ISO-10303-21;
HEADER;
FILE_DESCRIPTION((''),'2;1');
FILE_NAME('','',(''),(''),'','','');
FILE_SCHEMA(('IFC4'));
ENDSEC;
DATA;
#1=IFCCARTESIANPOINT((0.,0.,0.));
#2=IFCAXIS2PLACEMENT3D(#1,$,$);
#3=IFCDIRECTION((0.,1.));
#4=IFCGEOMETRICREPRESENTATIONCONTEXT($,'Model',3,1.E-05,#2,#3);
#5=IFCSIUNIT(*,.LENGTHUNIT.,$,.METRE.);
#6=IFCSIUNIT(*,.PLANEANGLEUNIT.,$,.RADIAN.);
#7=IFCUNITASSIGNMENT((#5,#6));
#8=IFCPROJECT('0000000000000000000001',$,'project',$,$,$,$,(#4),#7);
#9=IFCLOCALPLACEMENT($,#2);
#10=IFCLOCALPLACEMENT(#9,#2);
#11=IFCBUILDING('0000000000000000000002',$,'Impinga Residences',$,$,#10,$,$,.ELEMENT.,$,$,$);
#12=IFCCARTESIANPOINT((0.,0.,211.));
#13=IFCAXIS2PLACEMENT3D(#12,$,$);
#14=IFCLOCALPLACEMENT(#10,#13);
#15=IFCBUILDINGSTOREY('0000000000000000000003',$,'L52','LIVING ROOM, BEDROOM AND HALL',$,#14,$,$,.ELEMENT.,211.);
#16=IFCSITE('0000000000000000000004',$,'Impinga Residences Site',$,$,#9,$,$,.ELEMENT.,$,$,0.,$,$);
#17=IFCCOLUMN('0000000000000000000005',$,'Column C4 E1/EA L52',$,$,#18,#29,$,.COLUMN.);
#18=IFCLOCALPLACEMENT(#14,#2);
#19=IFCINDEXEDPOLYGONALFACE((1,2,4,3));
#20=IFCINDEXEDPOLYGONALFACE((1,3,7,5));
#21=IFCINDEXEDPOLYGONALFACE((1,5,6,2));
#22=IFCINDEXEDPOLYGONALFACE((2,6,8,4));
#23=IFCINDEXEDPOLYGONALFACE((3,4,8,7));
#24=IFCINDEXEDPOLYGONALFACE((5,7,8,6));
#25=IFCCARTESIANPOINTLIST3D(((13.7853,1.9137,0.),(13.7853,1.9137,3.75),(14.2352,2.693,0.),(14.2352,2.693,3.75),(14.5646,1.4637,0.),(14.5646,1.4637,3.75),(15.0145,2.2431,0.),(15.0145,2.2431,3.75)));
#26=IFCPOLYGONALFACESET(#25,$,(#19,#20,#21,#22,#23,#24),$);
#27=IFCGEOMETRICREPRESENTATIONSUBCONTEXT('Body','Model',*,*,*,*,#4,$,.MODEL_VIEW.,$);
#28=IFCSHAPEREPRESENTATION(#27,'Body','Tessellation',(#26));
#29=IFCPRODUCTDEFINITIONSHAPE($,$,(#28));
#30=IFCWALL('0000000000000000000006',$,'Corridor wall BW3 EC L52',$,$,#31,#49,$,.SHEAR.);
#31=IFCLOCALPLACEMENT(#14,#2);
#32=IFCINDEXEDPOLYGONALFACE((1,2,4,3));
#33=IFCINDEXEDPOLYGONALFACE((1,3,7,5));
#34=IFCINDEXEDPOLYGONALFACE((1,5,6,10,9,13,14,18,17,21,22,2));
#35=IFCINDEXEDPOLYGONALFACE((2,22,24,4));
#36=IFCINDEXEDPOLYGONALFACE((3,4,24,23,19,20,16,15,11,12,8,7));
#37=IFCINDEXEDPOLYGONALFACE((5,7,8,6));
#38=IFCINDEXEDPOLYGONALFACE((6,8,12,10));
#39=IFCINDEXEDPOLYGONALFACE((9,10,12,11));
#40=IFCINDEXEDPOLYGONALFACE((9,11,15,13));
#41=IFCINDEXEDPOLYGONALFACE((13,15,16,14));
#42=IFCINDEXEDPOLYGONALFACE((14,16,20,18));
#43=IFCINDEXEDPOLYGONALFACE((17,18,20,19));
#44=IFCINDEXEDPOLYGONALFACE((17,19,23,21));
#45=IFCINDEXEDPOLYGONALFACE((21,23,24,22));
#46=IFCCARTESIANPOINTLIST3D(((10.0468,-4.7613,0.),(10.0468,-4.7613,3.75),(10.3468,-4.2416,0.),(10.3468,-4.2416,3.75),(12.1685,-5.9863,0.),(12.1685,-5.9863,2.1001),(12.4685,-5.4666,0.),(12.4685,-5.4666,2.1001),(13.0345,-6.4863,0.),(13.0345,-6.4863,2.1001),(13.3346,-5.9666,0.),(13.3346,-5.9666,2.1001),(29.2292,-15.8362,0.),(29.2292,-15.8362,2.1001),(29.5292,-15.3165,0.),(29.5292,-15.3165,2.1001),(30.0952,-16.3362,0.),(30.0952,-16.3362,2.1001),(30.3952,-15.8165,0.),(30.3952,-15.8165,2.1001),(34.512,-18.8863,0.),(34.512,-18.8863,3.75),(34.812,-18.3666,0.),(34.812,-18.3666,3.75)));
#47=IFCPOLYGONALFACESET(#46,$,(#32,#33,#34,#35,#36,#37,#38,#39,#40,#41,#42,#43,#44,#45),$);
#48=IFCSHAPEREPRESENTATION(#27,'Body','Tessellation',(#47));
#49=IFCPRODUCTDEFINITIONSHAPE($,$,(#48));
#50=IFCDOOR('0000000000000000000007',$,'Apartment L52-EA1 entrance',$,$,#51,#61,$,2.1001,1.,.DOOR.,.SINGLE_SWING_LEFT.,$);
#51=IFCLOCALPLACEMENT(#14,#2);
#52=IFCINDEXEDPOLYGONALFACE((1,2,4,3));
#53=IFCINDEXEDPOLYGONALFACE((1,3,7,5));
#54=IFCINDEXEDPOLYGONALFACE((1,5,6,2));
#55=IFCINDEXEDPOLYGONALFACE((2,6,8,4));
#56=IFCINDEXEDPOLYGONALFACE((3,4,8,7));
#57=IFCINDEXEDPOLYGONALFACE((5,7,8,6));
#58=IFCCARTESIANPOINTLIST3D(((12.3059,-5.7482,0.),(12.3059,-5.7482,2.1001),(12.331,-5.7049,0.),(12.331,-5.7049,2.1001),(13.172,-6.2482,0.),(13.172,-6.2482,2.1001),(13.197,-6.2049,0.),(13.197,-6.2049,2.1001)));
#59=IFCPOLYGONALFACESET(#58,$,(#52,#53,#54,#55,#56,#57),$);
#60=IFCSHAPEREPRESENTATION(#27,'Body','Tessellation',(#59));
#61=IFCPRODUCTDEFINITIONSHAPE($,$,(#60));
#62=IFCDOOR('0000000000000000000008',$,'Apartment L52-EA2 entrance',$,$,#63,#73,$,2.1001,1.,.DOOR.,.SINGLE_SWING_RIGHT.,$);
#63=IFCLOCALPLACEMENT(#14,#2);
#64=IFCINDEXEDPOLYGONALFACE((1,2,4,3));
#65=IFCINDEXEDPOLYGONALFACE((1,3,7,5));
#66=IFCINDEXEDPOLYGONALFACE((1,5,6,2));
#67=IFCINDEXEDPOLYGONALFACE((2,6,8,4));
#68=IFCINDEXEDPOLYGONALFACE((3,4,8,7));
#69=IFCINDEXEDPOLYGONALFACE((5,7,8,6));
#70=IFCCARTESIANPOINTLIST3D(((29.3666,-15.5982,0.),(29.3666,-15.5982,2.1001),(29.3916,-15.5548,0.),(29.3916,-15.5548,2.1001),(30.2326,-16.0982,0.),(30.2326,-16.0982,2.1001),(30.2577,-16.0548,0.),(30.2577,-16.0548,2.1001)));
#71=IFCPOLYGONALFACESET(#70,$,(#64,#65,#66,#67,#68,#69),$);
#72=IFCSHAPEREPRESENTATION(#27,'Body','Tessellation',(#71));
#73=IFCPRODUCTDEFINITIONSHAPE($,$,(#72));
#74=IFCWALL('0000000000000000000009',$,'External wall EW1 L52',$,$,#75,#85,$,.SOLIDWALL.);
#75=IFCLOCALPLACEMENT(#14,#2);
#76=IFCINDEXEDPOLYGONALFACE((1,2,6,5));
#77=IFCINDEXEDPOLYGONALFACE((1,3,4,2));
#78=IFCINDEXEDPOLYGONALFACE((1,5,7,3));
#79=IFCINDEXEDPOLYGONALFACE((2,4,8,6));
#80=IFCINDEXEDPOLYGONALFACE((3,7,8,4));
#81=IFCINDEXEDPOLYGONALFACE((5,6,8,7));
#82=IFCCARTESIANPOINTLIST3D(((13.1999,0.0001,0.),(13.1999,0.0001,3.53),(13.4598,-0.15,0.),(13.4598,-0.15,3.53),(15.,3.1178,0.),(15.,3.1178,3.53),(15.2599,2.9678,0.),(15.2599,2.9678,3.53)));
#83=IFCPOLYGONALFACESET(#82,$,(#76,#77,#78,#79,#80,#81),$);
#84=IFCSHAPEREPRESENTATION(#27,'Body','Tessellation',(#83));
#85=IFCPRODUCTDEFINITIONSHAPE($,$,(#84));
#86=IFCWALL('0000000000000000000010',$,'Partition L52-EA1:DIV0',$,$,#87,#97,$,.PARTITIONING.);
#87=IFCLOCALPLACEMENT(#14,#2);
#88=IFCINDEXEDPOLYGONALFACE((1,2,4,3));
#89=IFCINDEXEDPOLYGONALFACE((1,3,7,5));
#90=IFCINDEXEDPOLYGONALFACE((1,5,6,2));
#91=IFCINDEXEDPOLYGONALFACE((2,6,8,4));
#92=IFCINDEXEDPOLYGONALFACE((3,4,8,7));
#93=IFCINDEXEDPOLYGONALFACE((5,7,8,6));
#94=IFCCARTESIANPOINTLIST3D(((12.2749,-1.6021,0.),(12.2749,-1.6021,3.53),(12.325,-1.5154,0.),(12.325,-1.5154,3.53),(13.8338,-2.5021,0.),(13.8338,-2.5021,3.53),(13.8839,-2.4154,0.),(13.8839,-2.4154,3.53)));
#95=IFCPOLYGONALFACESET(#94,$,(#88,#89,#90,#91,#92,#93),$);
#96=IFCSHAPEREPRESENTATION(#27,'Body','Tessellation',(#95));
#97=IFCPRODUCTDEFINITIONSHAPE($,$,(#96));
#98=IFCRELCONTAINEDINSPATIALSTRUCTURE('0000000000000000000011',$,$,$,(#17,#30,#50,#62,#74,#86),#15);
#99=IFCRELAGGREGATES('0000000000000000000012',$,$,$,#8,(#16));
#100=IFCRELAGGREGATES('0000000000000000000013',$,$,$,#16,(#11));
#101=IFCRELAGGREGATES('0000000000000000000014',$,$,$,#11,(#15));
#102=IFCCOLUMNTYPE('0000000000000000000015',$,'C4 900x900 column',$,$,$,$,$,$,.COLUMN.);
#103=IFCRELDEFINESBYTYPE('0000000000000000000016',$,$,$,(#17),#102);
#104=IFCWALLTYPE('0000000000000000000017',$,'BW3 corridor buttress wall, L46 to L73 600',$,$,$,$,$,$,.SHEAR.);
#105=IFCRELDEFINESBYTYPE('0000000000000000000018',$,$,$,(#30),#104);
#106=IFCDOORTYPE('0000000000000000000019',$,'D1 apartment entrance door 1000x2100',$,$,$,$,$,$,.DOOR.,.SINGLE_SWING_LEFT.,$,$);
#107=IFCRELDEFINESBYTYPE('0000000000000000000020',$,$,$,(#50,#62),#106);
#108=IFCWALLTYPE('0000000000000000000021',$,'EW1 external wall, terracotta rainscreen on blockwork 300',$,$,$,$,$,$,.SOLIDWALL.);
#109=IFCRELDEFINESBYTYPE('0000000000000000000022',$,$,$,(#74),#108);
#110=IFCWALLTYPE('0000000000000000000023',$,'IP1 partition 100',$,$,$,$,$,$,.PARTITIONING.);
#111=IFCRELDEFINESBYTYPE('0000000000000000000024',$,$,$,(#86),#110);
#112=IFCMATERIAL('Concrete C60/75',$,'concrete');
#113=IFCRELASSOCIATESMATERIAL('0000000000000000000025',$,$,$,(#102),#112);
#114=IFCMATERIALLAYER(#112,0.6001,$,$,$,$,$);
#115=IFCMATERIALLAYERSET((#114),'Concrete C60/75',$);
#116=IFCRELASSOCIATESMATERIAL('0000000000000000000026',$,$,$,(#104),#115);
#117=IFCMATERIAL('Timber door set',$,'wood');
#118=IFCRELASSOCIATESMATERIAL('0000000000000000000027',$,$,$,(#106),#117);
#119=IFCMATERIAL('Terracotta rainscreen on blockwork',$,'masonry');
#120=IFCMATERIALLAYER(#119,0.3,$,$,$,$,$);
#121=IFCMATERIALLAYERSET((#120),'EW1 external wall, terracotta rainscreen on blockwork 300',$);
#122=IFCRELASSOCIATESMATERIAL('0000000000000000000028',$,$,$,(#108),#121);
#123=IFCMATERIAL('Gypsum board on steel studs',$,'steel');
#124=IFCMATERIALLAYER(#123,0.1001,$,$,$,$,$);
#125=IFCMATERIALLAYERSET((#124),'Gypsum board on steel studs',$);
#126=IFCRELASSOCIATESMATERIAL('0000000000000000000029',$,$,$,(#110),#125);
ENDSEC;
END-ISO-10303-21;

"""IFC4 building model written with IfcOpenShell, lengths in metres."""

from ifc_helpers import new_model, si_unit, direction, frame, frame_2d, origin, origin_2d, place, context, subcontext, project, spatial, rectangle, extrude, material, layer, layer_set, material_profile, profile_set, type_object, element, fill, save


model = new_model("IFC4")

# Units and contexts
model_context = context("Model", 3, precision=1e-05, world=origin(), true_north=direction((0.0, 1.0)))
body_context = subcontext(model_context, "Body", "Model", "MODEL_VIEW")
ifc_project = project(units=[si_unit("LENGTHUNIT", "METRE"), si_unit("PLANEANGLEUNIT", "RADIAN")], contexts=[model_context])

# Site, building, storey
site_placement = place(None, origin())
site = spatial("IfcSite", under=ifc_project, at=site_placement, Name="Impinga Residences Site", CompositionType="ELEMENT", RefElevation=0.0)
building_placement = place(site_placement, origin())
building = spatial("IfcBuilding", under=site, at=building_placement, Name="Impinga Residences", CompositionType="ELEMENT")
storey_placement = place(building_placement, frame((0.0, 0.0, 211.0)))
storey = spatial("IfcBuildingStorey", under=building, at=storey_placement, Name="L52", Description="LIVING ROOM, BEDROOM AND HALL", CompositionType="ELEMENT", Elevation=211.0)

# Column
ifc_material_1 = material(Name="Concrete C60/75", Category="concrete")
ifc_material_profile = material_profile(ifc_material_1, rectangle(XDim=0.8999, YDim=0.8999, at=origin_2d()), Name="RC 900x900")
ifc_profile_set = profile_set([ifc_material_profile], Name="Concrete C60/75")
column_type = type_object("IfcColumnType", Name="C4 900x900 column", PredefinedType="COLUMN", material=ifc_profile_set)
column_placement = place(storey_placement, frame((14.3999, 2.0784, 0.0), z_axis=(0.0, 0.0, 1.0), x_axis=(-0.5, -0.866025, 0.0)))
element("IfcColumn", 1, at=column_placement, inside=storey, type_object=column_type, Name="Column C4 E1/EA L52", PredefinedType="COLUMN", context=body_context, shape_type="SweptSolid", body=[
    extrude(rectangle(XDim=0.8999, YDim=0.8999, at=origin_2d()), origin(), (0.0, 0.0, 1.0), 3.75),
])

# Wall, openings, doors
ifc_layer_1 = layer(ifc_material_1, 0.6001)
ifc_layer_set_1 = layer_set([ifc_layer_1], Name="Concrete C60/75")
wall_type_1 = type_object("IfcWallType", Name="BW3 corridor buttress wall, L46 to L73 600", PredefinedType="SHEAR", material=ifc_layer_set_1)
wall_1_placement = place(storey_placement, frame((10.1968, -4.5015, 0.0), z_axis=(0.0, 0.0, 1.0), x_axis=(0.866026, -0.499998, 0.0)))
wall_1 = element("IfcWall", 2, at=wall_1_placement, inside=storey, type_object=wall_type_1, Name="Corridor wall BW3 EC L52", PredefinedType="SHEAR", context=body_context, shape_type="SweptSolid", body=[
    extrude(rectangle(XDim=28.25, YDim=0.6001, at=frame_2d((14.125, 0.0))), origin(), (0.0, 0.0, 1.0), 3.75),
])
opening_1_placement = place(wall_1_placement, frame((2.45, 0.0, 0.0)))
opening_1 = element("IfcOpeningElement", 3, at=opening_1_placement, cuts=wall_1, PredefinedType="OPENING", context=body_context, shape_type="SweptSolid", body=[
    extrude(rectangle(XDim=1.0, YDim=2.1001, at=frame_2d((0.5, 1.05))), frame((0.0, 0.3101, 0.0), z_axis=(0.0, -1.0, 0.0), x_axis=(1.0, 0.0, 0.0)), (0.0, 0.0, 1.0), 0.6201),
])
opening_2_placement = place(wall_1_placement, frame((22.1499, 0.0, 0.0)))
opening_2 = element("IfcOpeningElement", 4, at=opening_2_placement, cuts=wall_1, PredefinedType="OPENING", context=body_context, shape_type="SweptSolid", body=[
    extrude(rectangle(XDim=1.0, YDim=2.1001, at=frame_2d((0.5, 1.05))), frame((0.0, 0.3101, 0.0), z_axis=(0.0, -1.0, 0.0), x_axis=(1.0, 0.0, 0.0)), (0.0, 0.0, 1.0), 0.6201),
])
ifc_material_2 = material(Name="Timber door set", Category="wood")
door_type_1 = type_object("IfcDoorType", Name="D1 apartment entrance door 1000x2100", OperationType="SINGLE_SWING_LEFT", PredefinedType="DOOR", material=ifc_material_2)
door_1_placement = place(opening_1_placement, origin())
door_1 = element("IfcDoor", 5, at=door_1_placement, inside=storey, type_object=door_type_1, Name="Apartment L52-EA1 entrance", OperationType="SINGLE_SWING_LEFT", OverallHeight=2.1001, OverallWidth=1.0, PredefinedType="DOOR", context=body_context, shape_type="SweptSolid", body=[
    extrude(rectangle(XDim=1.0, YDim=2.1001, at=frame_2d((0.5, 1.05))), frame((0.0, 0.0249, 0.0), z_axis=(0.0, -1.0, 0.0), x_axis=(1.0, 0.0, 0.0)), (0.0, 0.0, 1.0), 0.05),
])
fill(opening_1, door_1)
door_2_placement = place(opening_2_placement, origin())
door_2 = element("IfcDoor", 6, at=door_2_placement, inside=storey, type_object=door_type_1, Name="Apartment L52-EA2 entrance", OperationType="SINGLE_SWING_RIGHT", OverallHeight=2.1001, OverallWidth=1.0, PredefinedType="DOOR", context=body_context, shape_type="SweptSolid", body=[
    extrude(rectangle(XDim=1.0, YDim=2.1001, at=frame_2d((0.5, 1.05))), frame((0.0, 0.0249, 0.0), z_axis=(0.0, -1.0, 0.0), x_axis=(1.0, 0.0, 0.0)), (0.0, 0.0, 1.0), 0.05),
])
fill(opening_2, door_2)

# Walls
ifc_material_3 = material(Name="Terracotta rainscreen on blockwork", Category="masonry")
ifc_layer_2 = layer(ifc_material_3, 0.3)
ifc_layer_set_2 = layer_set([ifc_layer_2], Name="EW1 external wall, terracotta rainscreen on blockwork 300")
wall_type_2 = type_object("IfcWallType", Name="EW1 external wall, terracotta rainscreen on blockwork 300", PredefinedType="SOLIDWALL", material=ifc_layer_set_2)
wall_2_placement = place(storey_placement, frame((13.3298, -0.075, 0.0), z_axis=(0.0, 0.0, 1.0), x_axis=(0.500012, 0.866018, 0.0)))
element("IfcWall", 7, at=wall_2_placement, inside=storey, type_object=wall_type_2, Name="External wall EW1 L52", PredefinedType="SOLIDWALL", context=body_context, shape_type="SweptSolid", body=[
    extrude(rectangle(XDim=3.6001, YDim=0.3, at=frame_2d((1.8, 0.0))), origin(), (0.0, 0.0, 1.0), 3.53),
])
ifc_material_4 = material(Name="Gypsum board on steel studs", Category="steel")
ifc_layer_3 = layer(ifc_material_4, 0.1001)
ifc_layer_set_3 = layer_set([ifc_layer_3], Name="Gypsum board on steel studs")
wall_type_3 = type_object("IfcWallType", Name="IP1 partition 100", PredefinedType="PARTITIONING", material=ifc_layer_set_3)
wall_3_placement = place(storey_placement, frame((12.3, -1.5588, 0.0), z_axis=(0.0, 0.0, 1.0), x_axis=(0.866048, -0.499961, 0.0)))
element("IfcWall", 8, at=wall_3_placement, inside=storey, type_object=wall_type_3, Name="Partition L52-EA1:DIV0", PredefinedType="PARTITIONING", context=body_context, shape_type="SweptSolid", body=[
    extrude(rectangle(XDim=1.8, YDim=0.1001, at=frame_2d((0.8999, 0.0))), origin(), (0.0, 0.0, 1.0), 3.53),
])

save(model, "model.ifc")
